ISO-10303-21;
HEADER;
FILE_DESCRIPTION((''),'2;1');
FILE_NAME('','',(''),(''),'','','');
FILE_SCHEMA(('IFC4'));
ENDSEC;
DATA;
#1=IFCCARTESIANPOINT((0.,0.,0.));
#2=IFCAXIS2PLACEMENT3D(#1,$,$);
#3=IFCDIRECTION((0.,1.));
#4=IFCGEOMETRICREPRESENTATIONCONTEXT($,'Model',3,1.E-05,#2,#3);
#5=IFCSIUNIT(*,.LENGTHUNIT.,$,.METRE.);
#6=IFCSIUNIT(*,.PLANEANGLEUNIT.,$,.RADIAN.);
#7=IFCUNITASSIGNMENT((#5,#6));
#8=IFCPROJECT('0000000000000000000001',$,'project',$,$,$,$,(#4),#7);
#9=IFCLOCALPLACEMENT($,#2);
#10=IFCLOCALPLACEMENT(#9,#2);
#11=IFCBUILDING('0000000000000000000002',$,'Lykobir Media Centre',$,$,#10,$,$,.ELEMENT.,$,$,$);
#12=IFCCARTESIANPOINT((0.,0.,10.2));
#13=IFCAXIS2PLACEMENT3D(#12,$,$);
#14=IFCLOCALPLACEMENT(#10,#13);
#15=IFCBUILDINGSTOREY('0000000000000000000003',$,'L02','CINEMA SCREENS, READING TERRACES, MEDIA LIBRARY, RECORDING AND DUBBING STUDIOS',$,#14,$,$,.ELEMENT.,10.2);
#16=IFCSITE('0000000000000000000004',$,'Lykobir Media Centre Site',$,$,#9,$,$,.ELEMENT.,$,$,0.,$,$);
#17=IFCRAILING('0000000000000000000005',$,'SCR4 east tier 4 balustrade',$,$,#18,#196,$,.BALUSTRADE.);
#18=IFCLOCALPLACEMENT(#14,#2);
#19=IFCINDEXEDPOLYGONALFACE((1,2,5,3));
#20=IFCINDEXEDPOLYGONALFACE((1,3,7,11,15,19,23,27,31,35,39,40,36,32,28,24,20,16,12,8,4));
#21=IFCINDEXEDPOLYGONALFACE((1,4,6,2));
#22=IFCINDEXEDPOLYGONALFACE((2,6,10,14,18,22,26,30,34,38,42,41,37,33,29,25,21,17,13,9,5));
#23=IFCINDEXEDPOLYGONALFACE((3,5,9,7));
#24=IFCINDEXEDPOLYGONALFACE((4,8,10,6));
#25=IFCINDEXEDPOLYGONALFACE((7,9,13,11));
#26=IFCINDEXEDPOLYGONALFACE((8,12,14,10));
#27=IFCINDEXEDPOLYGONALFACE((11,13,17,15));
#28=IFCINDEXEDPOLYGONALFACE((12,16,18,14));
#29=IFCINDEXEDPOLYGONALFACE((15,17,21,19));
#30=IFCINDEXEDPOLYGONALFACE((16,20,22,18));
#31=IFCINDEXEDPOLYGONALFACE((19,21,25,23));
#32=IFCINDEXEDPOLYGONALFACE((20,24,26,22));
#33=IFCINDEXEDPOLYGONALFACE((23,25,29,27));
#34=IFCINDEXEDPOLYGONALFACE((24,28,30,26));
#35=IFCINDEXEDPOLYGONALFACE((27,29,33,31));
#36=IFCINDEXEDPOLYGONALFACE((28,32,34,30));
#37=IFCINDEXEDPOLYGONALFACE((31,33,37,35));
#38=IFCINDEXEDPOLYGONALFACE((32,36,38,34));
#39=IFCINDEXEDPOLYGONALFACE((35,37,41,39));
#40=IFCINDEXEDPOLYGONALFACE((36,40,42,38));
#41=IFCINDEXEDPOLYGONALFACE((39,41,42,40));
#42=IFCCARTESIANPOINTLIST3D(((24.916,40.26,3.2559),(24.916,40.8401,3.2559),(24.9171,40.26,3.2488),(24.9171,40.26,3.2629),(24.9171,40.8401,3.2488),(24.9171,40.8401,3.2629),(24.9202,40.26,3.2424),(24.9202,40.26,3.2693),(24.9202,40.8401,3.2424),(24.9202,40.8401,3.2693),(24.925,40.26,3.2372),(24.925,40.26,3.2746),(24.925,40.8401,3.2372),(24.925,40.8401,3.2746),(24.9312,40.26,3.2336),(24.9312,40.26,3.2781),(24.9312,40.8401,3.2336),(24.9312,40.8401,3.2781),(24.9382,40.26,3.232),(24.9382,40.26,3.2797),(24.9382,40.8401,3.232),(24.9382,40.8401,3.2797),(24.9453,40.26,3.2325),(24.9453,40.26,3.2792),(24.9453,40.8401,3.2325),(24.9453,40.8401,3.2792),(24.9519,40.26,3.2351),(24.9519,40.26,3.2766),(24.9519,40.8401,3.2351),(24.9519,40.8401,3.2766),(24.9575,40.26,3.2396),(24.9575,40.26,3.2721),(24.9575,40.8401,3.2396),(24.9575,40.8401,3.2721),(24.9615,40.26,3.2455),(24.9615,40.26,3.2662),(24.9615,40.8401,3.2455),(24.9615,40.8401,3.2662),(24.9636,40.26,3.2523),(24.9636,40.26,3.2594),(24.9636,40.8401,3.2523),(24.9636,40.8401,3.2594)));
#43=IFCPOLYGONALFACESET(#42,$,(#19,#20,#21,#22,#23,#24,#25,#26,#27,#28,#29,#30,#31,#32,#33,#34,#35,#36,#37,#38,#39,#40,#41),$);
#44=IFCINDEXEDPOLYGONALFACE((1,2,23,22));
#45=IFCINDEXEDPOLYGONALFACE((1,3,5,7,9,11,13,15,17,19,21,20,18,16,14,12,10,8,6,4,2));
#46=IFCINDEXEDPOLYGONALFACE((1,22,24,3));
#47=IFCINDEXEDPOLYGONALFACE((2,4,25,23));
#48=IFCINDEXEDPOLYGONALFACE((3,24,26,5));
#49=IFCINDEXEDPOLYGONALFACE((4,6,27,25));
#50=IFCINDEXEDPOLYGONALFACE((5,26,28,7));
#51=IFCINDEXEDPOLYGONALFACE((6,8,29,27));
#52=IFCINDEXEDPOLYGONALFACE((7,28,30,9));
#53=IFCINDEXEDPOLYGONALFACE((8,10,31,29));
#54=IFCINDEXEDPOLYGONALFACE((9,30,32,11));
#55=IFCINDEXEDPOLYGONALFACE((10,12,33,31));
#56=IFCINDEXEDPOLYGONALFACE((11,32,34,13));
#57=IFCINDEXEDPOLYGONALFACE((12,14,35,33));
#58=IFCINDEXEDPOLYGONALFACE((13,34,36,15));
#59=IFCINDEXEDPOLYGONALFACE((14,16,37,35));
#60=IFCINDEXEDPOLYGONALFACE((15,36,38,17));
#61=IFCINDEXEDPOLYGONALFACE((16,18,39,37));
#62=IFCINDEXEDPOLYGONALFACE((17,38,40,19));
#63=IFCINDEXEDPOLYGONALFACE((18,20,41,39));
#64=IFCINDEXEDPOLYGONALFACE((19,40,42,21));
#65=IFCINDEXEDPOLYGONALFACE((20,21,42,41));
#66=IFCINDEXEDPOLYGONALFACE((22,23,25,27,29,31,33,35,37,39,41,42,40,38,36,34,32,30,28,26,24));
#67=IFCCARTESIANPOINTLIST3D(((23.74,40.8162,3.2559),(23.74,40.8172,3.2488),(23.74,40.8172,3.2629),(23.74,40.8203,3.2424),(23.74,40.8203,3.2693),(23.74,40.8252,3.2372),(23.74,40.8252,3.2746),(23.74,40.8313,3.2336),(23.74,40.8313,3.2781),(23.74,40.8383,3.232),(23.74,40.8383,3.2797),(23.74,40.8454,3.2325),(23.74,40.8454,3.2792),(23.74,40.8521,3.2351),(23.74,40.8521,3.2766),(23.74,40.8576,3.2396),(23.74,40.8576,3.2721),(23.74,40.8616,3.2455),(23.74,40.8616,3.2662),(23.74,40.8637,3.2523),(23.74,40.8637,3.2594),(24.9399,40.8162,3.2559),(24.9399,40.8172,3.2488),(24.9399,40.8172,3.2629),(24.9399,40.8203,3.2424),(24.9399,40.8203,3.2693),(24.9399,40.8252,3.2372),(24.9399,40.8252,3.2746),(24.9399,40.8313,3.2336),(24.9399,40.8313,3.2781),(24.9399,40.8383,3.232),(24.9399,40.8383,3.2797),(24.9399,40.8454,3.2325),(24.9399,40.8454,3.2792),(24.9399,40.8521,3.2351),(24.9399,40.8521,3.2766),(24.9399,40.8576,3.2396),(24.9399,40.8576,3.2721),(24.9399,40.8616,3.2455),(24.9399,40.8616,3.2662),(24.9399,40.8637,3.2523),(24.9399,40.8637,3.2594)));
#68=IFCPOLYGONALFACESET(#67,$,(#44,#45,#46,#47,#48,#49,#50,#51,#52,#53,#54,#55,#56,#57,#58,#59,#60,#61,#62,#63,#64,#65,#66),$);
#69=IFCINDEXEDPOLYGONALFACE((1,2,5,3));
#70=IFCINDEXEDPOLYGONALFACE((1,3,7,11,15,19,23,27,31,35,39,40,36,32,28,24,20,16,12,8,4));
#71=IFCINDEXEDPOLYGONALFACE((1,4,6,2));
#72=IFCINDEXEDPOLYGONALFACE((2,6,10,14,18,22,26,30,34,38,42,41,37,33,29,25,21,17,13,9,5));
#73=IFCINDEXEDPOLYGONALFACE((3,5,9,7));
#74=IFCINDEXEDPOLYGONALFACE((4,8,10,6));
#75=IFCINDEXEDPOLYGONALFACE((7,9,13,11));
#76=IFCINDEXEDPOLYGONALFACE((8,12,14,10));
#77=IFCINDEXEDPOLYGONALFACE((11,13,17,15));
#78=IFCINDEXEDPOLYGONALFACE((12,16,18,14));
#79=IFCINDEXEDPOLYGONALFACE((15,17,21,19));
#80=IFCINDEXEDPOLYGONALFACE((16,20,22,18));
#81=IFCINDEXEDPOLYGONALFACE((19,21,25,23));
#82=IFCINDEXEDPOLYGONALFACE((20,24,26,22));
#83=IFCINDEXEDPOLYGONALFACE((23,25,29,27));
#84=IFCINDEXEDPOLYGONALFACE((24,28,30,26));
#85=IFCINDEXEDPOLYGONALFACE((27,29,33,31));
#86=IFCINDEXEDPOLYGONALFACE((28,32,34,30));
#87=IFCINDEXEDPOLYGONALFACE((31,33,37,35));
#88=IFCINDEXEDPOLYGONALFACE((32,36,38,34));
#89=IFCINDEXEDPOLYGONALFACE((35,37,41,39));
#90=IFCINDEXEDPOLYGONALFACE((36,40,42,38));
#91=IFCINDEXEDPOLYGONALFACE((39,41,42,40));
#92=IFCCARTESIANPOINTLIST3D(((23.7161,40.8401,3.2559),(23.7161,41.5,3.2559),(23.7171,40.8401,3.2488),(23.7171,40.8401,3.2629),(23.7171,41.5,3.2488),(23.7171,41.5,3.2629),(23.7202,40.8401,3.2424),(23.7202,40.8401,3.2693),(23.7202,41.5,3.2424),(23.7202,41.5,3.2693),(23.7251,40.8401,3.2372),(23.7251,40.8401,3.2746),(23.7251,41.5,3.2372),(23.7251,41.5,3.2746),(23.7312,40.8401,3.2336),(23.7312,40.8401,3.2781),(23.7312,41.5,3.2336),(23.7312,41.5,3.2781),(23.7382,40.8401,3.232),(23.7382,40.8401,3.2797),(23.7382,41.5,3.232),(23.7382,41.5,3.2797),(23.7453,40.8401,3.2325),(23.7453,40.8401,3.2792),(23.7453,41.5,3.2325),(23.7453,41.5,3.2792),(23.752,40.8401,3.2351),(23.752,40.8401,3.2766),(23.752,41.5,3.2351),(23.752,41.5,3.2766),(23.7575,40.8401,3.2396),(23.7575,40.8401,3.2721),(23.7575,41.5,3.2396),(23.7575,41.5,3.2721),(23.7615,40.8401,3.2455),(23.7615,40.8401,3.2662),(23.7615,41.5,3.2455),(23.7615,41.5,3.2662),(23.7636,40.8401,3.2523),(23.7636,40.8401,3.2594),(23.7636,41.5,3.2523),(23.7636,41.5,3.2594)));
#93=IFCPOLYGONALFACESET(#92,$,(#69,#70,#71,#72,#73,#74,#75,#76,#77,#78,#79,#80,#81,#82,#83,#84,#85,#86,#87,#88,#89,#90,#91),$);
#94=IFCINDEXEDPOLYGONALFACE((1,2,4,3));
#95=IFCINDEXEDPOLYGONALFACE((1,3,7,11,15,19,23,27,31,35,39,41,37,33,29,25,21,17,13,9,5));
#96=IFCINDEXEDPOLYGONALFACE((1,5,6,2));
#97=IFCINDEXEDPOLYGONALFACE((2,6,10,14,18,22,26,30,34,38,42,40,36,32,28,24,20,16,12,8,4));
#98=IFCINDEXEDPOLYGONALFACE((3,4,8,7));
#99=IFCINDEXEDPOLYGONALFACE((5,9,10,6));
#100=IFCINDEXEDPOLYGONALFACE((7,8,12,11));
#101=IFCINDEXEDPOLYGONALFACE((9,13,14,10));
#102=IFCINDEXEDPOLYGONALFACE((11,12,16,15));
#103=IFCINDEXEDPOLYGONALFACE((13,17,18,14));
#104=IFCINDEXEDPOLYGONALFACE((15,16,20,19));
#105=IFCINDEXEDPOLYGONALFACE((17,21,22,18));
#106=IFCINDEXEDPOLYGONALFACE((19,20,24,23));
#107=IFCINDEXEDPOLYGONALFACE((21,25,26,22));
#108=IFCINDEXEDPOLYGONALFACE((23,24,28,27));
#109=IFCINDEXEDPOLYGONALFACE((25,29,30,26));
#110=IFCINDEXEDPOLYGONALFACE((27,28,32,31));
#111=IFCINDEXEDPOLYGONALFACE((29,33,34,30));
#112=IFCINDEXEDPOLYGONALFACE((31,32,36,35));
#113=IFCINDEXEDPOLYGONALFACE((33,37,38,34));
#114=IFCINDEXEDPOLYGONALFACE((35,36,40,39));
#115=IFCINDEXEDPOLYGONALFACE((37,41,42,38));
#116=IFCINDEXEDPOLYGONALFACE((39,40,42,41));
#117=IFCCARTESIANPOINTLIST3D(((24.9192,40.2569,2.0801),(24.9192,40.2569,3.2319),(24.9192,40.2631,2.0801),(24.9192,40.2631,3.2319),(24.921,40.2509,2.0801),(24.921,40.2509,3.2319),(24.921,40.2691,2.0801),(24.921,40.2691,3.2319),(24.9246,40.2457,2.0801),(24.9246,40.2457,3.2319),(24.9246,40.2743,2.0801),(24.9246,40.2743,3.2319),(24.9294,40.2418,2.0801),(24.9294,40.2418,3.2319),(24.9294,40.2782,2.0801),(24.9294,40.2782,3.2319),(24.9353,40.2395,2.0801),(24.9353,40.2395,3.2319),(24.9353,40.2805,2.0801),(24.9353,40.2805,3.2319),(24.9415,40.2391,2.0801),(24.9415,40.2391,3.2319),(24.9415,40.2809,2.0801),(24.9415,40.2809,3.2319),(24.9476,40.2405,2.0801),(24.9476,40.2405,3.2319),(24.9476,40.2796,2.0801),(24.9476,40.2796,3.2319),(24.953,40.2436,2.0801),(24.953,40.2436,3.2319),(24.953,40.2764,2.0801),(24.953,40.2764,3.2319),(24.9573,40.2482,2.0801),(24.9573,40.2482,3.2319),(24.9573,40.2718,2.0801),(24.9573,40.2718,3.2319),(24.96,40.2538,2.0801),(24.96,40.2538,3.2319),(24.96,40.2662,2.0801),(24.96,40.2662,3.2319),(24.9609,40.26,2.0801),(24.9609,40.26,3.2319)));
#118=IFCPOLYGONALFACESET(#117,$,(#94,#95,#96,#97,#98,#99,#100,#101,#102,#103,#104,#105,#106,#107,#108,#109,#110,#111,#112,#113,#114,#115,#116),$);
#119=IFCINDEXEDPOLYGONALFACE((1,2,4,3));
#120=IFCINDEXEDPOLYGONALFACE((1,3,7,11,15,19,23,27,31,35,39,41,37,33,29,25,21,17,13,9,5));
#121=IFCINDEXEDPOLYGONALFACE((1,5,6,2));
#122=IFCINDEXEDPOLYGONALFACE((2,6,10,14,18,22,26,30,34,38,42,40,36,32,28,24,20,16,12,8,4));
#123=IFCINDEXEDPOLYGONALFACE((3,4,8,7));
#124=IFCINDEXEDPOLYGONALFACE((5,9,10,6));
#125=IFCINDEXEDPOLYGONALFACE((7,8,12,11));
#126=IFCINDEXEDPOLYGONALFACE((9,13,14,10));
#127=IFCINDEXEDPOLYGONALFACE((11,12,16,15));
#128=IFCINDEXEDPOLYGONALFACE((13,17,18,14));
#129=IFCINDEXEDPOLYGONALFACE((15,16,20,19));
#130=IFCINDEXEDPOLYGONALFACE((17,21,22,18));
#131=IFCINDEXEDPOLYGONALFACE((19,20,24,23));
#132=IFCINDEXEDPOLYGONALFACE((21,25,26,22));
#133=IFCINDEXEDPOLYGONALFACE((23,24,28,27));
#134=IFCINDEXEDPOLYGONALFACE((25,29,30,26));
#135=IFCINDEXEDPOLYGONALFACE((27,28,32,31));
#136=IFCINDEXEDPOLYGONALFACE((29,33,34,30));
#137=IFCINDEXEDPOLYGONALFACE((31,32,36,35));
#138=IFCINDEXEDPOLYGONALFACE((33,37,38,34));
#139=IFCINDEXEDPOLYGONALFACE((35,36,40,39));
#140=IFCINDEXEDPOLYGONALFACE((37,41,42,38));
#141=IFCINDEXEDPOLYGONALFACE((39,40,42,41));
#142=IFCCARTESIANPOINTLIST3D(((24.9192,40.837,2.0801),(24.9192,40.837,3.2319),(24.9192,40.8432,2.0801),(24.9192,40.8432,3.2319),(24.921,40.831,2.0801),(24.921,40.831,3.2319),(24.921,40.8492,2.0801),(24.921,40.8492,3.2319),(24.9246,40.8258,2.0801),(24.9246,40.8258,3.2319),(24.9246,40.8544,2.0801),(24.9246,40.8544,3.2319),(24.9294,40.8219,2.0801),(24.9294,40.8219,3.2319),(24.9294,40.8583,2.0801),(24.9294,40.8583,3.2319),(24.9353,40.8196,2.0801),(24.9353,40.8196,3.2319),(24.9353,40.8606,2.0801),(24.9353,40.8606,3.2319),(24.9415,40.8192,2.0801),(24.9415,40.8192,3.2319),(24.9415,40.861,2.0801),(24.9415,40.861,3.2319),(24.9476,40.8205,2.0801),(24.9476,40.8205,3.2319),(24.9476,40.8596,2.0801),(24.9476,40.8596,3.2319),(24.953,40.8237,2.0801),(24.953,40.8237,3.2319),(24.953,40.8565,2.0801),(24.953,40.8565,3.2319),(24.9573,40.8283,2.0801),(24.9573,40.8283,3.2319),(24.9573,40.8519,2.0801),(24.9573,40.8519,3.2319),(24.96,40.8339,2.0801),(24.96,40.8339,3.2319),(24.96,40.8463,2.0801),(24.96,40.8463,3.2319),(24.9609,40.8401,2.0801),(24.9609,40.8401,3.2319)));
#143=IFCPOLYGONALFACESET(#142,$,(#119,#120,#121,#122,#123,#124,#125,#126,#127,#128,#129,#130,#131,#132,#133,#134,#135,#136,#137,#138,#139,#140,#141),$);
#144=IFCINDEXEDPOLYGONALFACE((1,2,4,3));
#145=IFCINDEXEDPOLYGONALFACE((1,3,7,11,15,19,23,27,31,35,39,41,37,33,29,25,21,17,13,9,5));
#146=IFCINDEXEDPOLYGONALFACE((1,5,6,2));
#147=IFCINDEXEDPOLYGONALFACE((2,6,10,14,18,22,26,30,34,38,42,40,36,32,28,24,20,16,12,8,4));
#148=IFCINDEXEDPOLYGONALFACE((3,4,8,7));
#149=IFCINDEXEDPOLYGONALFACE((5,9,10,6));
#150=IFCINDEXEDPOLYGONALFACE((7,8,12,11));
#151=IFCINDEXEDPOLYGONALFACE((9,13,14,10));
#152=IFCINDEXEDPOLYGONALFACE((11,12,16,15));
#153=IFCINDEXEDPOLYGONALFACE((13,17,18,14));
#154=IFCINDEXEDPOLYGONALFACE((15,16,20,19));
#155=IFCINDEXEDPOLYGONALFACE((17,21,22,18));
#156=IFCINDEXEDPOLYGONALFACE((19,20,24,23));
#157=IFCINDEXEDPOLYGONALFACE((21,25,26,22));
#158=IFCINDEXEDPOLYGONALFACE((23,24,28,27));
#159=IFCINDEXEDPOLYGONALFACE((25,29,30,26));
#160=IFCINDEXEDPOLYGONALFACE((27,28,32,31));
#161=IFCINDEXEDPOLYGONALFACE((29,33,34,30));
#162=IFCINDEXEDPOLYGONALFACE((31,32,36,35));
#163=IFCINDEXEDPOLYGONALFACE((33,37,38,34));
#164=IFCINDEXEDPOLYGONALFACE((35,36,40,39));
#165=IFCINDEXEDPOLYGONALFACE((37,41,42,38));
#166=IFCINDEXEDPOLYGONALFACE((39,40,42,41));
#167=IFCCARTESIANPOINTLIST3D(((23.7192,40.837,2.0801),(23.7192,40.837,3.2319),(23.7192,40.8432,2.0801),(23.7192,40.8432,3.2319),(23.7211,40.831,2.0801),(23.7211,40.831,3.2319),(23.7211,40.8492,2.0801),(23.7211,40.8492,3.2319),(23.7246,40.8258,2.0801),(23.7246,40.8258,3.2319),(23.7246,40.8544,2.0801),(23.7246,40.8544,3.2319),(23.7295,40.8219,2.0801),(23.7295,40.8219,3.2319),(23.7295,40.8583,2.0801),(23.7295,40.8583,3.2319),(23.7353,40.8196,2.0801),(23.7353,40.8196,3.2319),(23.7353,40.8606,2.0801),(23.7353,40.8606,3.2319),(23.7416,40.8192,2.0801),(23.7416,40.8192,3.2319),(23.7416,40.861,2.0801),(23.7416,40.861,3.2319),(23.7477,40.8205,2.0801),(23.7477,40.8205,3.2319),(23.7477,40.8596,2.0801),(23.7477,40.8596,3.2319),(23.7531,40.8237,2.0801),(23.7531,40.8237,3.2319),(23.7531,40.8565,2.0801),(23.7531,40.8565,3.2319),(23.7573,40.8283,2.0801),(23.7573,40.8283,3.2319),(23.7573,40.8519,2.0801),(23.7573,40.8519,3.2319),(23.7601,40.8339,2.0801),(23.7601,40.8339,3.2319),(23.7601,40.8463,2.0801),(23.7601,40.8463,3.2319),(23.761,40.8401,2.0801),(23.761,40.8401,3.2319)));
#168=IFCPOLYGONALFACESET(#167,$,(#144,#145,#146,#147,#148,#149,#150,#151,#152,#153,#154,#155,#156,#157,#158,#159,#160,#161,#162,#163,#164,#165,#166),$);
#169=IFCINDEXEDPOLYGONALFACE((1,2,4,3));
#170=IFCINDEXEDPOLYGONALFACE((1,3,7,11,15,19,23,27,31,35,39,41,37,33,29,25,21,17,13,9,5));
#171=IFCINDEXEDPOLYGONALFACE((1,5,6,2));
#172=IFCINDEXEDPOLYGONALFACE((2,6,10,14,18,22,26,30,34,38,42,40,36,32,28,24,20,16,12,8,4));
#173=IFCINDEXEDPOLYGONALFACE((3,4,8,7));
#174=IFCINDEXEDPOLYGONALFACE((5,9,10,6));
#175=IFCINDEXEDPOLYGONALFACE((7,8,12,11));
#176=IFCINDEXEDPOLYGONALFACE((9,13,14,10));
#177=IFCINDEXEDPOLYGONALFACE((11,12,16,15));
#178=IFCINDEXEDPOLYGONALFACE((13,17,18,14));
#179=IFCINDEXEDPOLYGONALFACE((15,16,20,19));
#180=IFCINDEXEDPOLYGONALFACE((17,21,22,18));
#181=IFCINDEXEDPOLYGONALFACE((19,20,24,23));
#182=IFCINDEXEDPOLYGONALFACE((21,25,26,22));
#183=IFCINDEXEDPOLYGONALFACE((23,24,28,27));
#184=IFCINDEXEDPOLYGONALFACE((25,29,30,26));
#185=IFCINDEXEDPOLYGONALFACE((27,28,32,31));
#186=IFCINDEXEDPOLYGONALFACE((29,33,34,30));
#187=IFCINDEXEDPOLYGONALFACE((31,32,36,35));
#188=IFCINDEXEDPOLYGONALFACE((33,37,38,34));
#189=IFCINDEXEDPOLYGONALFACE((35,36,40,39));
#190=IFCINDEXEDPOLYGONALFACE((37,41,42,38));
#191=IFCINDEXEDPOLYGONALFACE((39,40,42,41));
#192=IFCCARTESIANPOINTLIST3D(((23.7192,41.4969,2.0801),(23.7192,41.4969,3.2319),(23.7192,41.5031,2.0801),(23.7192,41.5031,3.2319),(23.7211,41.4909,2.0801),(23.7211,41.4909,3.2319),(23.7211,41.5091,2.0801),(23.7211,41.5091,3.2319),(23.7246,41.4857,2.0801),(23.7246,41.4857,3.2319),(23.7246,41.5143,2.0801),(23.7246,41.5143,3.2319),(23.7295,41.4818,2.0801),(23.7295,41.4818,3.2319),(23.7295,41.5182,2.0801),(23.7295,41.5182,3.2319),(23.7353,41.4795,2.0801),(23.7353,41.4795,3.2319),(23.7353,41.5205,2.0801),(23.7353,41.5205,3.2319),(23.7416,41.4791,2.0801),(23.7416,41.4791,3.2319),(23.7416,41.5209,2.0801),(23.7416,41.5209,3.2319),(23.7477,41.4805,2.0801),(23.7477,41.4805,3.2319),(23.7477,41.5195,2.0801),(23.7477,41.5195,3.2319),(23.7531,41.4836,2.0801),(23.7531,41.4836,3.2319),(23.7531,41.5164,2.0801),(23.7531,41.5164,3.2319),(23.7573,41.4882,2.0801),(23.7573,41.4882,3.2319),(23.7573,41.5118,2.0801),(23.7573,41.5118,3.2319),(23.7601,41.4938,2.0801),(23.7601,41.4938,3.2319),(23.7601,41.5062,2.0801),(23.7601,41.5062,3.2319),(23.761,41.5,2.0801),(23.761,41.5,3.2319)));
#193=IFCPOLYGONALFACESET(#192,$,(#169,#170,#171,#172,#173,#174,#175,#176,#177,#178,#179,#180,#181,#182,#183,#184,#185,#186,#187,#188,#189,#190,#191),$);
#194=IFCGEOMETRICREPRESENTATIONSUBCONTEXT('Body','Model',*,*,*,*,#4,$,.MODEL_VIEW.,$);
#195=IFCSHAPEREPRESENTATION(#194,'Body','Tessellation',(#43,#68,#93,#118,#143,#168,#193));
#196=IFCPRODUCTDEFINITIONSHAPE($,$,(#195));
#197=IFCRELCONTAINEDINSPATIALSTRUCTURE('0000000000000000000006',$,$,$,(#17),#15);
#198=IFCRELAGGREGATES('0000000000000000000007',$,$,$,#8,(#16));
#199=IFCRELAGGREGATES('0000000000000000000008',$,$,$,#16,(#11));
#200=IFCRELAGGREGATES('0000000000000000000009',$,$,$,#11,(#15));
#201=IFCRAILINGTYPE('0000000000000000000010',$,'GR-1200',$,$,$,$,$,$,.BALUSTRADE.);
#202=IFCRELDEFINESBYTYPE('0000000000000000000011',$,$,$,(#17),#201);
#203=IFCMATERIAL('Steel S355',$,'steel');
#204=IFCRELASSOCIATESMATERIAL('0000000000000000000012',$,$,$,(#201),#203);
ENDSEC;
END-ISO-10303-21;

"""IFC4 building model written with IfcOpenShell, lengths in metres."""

from ifc_helpers import new_model, si_unit, direction, frame, origin, origin_2d, place, context, subcontext, project, spatial, circle, extrude, material, type_object, element, save


model = new_model("IFC4")

# Units and contexts
model_context = context("Model", 3, precision=1e-05, world=origin(), true_north=direction((0.0, 1.0)))
body_context = subcontext(model_context, "Body", "Model", "MODEL_VIEW")
ifc_project = project(units=[si_unit("LENGTHUNIT", "METRE"), si_unit("PLANEANGLEUNIT", "RADIAN")], contexts=[model_context])

# Site, building, storey
site_placement = place(None, origin())
site = spatial("IfcSite", under=ifc_project, at=site_placement, Name="Lykobir Media Centre Site", CompositionType="ELEMENT", RefElevation=0.0)
building_placement = place(site_placement, origin())
building = spatial("IfcBuilding", under=site, at=building_placement, Name="Lykobir Media Centre", CompositionType="ELEMENT")
storey_placement = place(building_placement, frame((0.0, 0.0, 10.2)))
storey = spatial("IfcBuildingStorey", under=building, at=storey_placement, Name="L02", Description="CINEMA SCREENS, READING TERRACES, MEDIA LIBRARY, RECORDING AND DUBBING STUDIOS", CompositionType="ELEMENT", Elevation=10.2)

# Shared definitions
ifc_material_1 = material(Name="Steel S355", Category="steel")

# Railing
railing_type = type_object("IfcRailingType", Name="GR-1200", PredefinedType="BALUSTRADE", material=ifc_material_1)
for number, where, name in (
    (1, (24.9399, 40.26, 2.0801), "SCR4 east tier 4 balustrade"),
):
    element("IfcRailing", number, at=place(storey_placement, frame(where)), inside=storey, type_object=railing_type, Name=name, PredefinedType="BALUSTRADE", context=body_context, shape_type="SweptSolid", body=[
        extrude(circle(Radius=0.0239, at=origin_2d()), frame((0.0, 0.0, 1.1758), z_axis=(0.0, 1.0, 0.0), x_axis=(-1.0, 0.0, 0.0)), (0.0, 0.0, 1.0), 0.5801),
        extrude(circle(Radius=0.0239, at=origin_2d()), frame((0.0, 0.5801, 1.1758), z_axis=(-1.0, 0.0, 0.0), x_axis=(0.0, -1.0, 0.0)), (0.0, 0.0, 1.0), 1.2),
        extrude(circle(Radius=0.0239, at=origin_2d()), frame((-1.2, 0.5801, 1.1758), z_axis=(0.0, 1.0, 0.0), x_axis=(-1.0, 0.0, 0.0)), (0.0, 0.0, 1.0), 0.6599),
        extrude(circle(Radius=0.021, at=origin_2d()), origin(), (0.0, 0.0, 1.0), 1.1519),
        extrude(circle(Radius=0.021, at=origin_2d()), frame((0.0, 0.5801, 0.0)), (0.0, 0.0, 1.0), 1.1519),
        extrude(circle(Radius=0.021, at=origin_2d()), frame((-1.2, 0.5801, 0.0)), (0.0, 0.0, 1.0), 1.1519),
        extrude(circle(Radius=0.021, at=origin_2d()), frame((-1.2, 1.24, 0.0)), (0.0, 0.0, 1.0), 1.1519),
    ])

save(model, "model.ifc")
